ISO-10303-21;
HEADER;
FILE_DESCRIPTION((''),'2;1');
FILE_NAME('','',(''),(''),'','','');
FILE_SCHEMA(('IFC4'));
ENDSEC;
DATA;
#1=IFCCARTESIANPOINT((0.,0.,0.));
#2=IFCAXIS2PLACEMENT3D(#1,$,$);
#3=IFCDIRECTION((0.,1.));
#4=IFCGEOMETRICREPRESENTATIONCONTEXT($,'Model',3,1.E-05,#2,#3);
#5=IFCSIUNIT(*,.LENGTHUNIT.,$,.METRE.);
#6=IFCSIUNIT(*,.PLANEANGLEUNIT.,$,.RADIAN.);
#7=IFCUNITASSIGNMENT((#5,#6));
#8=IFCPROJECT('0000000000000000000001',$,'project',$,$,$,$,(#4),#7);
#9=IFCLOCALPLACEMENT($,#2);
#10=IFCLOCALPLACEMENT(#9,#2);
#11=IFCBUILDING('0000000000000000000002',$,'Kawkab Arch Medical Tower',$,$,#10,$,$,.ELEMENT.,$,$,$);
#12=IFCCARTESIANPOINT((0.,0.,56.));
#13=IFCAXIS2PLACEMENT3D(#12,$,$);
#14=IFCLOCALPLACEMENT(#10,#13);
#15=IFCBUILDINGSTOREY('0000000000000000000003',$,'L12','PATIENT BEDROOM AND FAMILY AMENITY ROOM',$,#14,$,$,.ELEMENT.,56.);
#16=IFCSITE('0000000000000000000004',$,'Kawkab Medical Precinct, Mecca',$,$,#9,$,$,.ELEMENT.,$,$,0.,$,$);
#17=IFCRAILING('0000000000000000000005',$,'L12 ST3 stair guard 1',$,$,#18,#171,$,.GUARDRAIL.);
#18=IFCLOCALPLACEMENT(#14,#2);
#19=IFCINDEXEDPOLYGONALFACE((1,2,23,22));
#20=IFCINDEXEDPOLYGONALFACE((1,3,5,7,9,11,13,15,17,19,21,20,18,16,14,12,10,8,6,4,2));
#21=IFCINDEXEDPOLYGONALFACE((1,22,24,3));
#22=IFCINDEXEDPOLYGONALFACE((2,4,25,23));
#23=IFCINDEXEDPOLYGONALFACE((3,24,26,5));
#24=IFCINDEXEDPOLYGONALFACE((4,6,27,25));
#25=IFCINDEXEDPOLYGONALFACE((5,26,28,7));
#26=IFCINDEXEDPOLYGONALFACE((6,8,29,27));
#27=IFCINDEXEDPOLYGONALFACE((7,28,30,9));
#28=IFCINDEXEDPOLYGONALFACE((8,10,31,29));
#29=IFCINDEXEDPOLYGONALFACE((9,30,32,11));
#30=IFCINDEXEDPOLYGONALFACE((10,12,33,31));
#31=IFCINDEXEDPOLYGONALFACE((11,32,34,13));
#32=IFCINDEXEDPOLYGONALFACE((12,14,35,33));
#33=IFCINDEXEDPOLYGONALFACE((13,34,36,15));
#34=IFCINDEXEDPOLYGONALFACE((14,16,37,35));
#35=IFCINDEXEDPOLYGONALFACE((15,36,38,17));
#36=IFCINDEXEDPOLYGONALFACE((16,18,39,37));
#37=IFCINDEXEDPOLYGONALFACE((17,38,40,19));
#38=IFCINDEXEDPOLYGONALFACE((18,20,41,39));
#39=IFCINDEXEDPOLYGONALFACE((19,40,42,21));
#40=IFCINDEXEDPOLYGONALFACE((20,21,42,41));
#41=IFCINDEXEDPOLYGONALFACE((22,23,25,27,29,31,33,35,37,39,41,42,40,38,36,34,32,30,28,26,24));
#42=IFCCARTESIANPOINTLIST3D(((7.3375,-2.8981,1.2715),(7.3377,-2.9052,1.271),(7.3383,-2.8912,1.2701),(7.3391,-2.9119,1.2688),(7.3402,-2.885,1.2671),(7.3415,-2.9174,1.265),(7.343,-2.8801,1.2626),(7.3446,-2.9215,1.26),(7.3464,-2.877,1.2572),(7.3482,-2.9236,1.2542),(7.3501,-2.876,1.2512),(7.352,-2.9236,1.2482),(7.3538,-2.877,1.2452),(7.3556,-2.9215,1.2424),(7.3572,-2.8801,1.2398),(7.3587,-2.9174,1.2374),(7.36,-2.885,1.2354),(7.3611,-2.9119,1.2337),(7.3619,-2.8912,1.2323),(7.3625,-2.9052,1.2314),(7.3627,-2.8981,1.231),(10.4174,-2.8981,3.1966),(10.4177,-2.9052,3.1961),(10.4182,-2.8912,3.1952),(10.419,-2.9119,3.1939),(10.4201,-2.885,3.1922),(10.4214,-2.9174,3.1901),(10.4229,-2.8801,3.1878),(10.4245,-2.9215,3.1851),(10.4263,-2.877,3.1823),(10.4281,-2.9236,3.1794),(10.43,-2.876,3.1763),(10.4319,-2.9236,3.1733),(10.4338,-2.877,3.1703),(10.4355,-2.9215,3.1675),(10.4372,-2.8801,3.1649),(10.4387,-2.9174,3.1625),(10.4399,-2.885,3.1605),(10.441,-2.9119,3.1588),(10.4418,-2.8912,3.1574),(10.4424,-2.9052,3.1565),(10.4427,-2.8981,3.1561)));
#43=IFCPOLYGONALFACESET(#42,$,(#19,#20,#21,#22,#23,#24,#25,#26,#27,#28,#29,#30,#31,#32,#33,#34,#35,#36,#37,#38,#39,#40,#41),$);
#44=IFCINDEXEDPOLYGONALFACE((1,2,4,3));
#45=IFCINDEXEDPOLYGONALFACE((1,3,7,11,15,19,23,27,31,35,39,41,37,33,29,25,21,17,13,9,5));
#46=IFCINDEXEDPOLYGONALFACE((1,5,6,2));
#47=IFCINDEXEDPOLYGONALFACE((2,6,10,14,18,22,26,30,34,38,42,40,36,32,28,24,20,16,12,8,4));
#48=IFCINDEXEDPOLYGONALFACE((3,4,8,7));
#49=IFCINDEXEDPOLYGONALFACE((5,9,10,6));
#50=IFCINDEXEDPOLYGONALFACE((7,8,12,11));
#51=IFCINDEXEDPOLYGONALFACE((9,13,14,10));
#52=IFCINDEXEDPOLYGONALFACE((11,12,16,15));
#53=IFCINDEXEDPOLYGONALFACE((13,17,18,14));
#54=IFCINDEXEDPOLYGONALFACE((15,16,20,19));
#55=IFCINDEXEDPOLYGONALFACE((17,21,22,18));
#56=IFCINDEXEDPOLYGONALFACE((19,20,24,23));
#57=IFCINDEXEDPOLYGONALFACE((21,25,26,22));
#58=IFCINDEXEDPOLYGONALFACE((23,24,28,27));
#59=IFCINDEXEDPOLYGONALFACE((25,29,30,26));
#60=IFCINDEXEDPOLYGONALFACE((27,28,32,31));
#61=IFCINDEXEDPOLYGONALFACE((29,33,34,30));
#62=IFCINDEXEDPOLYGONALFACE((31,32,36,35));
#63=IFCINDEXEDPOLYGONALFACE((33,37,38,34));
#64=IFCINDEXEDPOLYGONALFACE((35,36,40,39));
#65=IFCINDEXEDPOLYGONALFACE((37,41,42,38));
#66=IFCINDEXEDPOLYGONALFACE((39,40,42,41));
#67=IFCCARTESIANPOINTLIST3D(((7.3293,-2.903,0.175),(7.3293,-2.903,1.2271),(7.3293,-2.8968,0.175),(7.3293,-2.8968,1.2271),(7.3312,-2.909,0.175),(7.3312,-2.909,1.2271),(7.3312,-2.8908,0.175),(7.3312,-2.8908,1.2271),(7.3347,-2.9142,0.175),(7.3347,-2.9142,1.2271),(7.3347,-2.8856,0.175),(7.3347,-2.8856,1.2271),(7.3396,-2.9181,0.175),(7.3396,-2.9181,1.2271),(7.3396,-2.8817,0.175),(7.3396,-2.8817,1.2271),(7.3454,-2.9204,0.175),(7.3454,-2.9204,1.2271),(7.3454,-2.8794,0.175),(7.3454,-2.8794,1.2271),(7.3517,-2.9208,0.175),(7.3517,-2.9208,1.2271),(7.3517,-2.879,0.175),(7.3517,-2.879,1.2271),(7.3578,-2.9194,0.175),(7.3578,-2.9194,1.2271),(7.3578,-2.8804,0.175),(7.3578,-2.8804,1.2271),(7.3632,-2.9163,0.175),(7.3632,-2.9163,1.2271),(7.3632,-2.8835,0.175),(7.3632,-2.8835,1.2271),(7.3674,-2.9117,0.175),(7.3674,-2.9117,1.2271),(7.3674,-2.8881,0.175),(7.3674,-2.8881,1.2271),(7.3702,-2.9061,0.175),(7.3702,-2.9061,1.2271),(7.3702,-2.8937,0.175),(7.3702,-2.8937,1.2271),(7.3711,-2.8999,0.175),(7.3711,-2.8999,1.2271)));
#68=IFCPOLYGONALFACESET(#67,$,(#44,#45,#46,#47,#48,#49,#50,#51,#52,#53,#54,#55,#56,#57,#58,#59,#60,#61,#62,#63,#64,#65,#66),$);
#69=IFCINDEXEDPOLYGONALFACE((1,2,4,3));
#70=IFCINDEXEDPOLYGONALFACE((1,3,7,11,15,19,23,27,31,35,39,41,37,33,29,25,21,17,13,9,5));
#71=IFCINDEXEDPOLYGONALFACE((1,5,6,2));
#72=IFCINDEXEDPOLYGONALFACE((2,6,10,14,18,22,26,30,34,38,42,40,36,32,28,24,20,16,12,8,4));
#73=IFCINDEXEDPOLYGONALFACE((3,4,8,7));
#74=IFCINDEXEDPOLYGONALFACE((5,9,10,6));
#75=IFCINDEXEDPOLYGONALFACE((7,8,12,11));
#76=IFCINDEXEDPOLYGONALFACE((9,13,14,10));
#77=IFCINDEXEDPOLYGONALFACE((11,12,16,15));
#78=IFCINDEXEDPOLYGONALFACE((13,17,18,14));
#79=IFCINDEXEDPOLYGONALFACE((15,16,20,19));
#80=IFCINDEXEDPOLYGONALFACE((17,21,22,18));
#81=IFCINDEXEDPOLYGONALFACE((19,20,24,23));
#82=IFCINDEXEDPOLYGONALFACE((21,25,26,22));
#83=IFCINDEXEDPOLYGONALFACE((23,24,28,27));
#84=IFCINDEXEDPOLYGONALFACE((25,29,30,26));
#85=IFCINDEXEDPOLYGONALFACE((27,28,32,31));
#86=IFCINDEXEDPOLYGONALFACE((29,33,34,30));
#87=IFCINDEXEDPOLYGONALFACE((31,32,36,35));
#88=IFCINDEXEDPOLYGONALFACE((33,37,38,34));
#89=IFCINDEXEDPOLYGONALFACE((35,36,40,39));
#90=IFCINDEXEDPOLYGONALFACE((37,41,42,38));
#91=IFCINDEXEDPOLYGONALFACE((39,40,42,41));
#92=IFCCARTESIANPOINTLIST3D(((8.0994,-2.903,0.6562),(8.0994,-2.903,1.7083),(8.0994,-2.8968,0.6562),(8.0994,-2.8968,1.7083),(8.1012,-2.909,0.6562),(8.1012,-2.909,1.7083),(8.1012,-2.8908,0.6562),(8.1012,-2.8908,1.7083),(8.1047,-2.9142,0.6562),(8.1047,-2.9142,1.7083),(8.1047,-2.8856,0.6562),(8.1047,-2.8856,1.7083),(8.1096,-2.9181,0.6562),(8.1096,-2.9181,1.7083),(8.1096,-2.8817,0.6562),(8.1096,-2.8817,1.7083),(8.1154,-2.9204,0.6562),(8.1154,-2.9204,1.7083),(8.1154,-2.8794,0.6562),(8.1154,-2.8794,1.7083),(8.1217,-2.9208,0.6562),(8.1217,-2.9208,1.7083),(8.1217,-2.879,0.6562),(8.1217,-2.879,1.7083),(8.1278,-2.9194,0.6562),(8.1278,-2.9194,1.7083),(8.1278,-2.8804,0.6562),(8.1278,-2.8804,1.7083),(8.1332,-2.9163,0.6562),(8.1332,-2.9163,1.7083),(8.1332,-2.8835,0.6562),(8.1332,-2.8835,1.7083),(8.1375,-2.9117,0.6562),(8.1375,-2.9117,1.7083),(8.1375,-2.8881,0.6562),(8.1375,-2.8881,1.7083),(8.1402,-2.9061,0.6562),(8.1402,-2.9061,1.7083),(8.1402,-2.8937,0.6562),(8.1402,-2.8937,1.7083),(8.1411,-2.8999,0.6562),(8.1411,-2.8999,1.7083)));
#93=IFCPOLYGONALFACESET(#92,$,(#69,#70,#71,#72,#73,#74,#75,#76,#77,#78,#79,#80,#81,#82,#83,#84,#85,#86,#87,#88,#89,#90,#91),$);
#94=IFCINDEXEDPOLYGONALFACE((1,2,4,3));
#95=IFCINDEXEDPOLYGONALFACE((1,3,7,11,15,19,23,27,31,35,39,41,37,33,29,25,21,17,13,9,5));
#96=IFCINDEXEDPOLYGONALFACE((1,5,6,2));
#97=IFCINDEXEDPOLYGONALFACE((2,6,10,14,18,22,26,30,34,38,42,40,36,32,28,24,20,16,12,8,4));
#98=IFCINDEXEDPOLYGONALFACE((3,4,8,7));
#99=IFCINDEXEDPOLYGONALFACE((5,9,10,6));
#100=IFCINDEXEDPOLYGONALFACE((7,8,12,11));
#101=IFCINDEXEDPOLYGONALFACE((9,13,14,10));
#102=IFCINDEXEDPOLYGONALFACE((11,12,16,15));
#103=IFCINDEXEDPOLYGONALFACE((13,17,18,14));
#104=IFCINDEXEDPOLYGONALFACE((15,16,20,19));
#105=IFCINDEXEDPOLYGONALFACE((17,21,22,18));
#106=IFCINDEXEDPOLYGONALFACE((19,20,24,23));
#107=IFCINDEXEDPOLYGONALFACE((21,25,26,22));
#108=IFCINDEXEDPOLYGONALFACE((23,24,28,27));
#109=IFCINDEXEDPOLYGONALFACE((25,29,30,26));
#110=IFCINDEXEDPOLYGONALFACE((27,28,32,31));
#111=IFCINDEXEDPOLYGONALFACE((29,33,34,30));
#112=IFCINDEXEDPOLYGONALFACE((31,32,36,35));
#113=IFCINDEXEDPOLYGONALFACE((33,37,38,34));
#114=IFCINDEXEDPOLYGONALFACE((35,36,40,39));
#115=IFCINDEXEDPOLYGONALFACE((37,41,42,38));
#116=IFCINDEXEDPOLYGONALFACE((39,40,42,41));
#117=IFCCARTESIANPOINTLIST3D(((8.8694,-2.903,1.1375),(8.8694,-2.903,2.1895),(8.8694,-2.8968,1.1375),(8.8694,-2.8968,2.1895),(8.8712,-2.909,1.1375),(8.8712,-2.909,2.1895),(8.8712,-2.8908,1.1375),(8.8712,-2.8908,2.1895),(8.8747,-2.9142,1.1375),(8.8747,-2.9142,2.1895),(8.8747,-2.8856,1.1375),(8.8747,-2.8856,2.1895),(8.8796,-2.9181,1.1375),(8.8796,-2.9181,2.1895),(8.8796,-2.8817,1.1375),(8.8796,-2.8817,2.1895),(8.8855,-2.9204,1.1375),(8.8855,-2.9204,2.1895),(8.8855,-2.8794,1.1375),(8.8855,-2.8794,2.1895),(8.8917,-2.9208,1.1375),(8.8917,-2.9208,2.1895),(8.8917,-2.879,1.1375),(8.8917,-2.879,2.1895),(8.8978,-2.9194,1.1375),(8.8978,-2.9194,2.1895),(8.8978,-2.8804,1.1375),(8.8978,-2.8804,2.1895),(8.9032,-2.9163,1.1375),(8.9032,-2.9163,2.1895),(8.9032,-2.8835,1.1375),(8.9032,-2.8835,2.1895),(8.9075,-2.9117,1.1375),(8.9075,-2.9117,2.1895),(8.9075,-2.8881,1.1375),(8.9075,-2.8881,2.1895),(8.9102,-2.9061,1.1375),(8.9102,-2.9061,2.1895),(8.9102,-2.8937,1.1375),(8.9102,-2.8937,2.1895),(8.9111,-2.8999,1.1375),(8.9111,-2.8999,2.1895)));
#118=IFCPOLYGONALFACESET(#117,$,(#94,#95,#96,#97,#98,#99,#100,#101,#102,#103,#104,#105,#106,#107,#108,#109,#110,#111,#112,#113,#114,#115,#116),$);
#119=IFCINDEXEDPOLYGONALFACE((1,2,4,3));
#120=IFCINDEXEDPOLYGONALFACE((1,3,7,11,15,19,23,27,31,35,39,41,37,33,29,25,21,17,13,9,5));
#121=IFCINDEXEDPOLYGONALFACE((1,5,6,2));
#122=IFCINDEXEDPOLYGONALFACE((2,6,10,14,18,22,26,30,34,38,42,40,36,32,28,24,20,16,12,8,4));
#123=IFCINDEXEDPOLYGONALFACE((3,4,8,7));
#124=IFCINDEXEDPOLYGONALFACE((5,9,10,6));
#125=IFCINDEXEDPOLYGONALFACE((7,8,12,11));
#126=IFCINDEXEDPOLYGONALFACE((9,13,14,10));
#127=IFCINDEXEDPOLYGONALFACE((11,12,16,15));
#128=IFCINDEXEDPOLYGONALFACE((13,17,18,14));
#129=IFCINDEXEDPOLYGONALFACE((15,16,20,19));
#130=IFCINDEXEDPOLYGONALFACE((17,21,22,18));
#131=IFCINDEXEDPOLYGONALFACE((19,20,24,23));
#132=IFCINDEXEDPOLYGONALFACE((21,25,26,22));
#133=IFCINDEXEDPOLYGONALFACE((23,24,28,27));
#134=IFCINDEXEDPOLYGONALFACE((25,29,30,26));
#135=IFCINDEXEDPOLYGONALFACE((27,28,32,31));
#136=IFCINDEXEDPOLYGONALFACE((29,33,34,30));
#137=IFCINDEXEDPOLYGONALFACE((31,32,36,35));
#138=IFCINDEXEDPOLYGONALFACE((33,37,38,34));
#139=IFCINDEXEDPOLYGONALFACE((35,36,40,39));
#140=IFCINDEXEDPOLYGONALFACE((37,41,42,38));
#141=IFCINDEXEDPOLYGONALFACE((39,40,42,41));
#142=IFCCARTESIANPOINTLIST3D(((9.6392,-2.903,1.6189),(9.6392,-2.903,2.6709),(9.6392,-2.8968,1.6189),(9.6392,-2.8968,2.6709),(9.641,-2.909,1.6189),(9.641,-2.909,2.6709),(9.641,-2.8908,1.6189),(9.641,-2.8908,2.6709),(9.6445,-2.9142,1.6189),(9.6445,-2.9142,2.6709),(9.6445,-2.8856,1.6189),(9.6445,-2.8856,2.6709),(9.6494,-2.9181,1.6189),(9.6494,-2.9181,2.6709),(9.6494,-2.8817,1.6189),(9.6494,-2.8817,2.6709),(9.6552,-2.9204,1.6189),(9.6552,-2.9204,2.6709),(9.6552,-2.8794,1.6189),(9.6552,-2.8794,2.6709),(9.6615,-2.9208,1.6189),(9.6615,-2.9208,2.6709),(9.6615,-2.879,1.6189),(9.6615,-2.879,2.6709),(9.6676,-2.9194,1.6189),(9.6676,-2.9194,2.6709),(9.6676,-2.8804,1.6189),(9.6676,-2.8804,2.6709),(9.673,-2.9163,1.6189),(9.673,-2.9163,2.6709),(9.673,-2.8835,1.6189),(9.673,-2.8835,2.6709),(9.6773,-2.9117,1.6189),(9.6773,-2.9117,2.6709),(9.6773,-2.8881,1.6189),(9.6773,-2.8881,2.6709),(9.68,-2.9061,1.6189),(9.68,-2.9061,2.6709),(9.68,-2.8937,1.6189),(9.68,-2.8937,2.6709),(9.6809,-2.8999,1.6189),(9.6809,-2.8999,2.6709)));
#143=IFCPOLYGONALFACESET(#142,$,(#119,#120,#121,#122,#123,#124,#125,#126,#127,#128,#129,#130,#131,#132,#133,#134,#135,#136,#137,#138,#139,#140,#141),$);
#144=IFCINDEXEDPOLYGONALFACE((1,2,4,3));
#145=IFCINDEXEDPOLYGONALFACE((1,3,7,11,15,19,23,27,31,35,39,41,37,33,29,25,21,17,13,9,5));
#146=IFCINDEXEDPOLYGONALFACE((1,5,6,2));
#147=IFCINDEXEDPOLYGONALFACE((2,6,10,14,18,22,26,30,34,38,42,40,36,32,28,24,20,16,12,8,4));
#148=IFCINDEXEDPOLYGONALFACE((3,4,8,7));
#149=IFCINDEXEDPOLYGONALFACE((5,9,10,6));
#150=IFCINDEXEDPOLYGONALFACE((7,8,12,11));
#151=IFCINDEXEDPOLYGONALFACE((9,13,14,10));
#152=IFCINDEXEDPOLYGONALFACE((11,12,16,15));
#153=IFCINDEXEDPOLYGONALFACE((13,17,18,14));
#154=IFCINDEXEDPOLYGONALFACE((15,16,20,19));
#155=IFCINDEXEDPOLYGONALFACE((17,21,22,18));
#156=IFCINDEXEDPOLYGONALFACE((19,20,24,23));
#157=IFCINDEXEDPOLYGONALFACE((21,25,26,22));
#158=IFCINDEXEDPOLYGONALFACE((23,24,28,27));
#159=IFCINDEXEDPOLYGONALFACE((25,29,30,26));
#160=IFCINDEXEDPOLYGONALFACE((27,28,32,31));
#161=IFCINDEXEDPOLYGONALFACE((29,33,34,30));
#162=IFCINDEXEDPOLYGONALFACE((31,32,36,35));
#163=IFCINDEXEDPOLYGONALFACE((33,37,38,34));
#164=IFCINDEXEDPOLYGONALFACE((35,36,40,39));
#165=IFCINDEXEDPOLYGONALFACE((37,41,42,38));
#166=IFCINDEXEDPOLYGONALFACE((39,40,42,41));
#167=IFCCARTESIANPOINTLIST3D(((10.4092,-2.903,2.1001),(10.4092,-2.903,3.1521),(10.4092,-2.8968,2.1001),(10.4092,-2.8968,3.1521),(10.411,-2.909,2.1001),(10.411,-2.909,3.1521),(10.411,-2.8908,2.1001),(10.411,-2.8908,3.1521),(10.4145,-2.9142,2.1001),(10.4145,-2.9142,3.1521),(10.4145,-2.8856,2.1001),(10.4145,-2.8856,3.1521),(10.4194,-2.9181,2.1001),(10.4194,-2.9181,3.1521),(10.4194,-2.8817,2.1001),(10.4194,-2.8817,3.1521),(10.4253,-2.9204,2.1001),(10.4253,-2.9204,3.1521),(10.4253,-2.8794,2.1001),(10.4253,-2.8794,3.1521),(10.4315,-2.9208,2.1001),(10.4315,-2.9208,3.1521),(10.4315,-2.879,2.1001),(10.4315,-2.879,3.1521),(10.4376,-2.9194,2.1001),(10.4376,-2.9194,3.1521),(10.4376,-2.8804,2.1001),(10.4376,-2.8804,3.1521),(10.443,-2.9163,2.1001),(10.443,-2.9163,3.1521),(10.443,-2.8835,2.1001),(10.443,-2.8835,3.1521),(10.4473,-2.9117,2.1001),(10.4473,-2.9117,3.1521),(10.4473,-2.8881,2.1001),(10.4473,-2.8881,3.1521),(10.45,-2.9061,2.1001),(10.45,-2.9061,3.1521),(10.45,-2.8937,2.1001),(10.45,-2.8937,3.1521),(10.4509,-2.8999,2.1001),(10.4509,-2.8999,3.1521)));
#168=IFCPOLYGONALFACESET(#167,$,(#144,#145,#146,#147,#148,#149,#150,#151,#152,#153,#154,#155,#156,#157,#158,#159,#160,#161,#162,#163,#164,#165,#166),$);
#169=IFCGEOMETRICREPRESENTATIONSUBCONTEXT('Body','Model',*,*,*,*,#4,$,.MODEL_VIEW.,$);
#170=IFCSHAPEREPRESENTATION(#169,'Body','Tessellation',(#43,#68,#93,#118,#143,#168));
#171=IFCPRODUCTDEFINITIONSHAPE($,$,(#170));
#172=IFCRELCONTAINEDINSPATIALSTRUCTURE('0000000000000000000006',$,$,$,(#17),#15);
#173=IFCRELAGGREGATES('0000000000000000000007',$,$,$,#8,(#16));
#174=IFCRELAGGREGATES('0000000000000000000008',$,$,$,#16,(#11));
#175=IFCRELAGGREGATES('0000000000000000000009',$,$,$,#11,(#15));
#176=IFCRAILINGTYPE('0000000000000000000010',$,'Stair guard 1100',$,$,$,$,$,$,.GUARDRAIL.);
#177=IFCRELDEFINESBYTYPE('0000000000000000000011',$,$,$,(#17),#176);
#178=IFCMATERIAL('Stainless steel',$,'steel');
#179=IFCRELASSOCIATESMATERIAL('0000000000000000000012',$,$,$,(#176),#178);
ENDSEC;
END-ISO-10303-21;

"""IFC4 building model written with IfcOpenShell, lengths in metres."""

from ifc_helpers import new_model, si_unit, direction, frame, origin, origin_2d, place, context, subcontext, project, spatial, circle, extrude, material, type_object, element, save


model = new_model("IFC4")

# Units and contexts
model_context = context("Model", 3, precision=1e-05, world=origin(), true_north=direction((0.0, 1.0)))
body_context = subcontext(model_context, "Body", "Model", "MODEL_VIEW")
ifc_project = project(units=[si_unit("LENGTHUNIT", "METRE"), si_unit("PLANEANGLEUNIT", "RADIAN")], contexts=[model_context])

# Site, building, storey
site_placement = place(None, origin())
site = spatial("IfcSite", under=ifc_project, at=site_placement, Name="Kawkab Medical Precinct, Mecca", CompositionType="ELEMENT", RefElevation=0.0)
building_placement = place(site_placement, origin())
building = spatial("IfcBuilding", under=site, at=building_placement, Name="Kawkab Arch Medical Tower", CompositionType="ELEMENT")
storey_placement = place(building_placement, frame((0.0, 0.0, 56.0)))
storey = spatial("IfcBuildingStorey", under=building, at=storey_placement, Name="L12", Description="PATIENT BEDROOM AND FAMILY AMENITY ROOM", CompositionType="ELEMENT", Elevation=56.0)

# Railing
ifc_material_1 = material(Name="Stainless steel", Category="steel")
railing_type = type_object("IfcRailingType", Name="Stair guard 1100", PredefinedType="GUARDRAIL", material=ifc_material_1)
railing_1_placement = place(storey_placement, frame((7.3501, -2.8999, 0.175)))
element("IfcRailing", 1, at=railing_1_placement, inside=storey, type_object=railing_type, Name="L12 ST3 stair guard 1", PredefinedType="GUARDRAIL", context=body_context, shape_type="SweptSolid", body=[
    extrude(circle(Radius=0.0239, at=origin_2d()), frame((0.0, 0.0, 1.0762), z_axis=(0.847979, 0.0, 0.530029), x_axis=(0.0, 1.0, 0.0)), (0.0, 0.0, 1.0), 3.6321),
    extrude(circle(Radius=0.021, at=origin_2d()), origin(), (0.0, 0.0, 1.0), 1.052),
    extrude(circle(Radius=0.021, at=origin_2d()), frame((0.77, 0.0, 0.4812)), (0.0, 0.0, 1.0), 1.052),
    extrude(circle(Radius=0.021, at=origin_2d()), frame((1.54, 0.0, 0.9624)), (0.0, 0.0, 1.0), 1.052),
    extrude(circle(Radius=0.021, at=origin_2d()), frame((2.3098, 0.0, 1.4438)), (0.0, 0.0, 1.0), 1.052),
    extrude(circle(Radius=0.021, at=origin_2d()), frame((3.0798, 0.0, 1.925)), (0.0, 0.0, 1.0), 1.052),
])

save(model, "model.ifc")
